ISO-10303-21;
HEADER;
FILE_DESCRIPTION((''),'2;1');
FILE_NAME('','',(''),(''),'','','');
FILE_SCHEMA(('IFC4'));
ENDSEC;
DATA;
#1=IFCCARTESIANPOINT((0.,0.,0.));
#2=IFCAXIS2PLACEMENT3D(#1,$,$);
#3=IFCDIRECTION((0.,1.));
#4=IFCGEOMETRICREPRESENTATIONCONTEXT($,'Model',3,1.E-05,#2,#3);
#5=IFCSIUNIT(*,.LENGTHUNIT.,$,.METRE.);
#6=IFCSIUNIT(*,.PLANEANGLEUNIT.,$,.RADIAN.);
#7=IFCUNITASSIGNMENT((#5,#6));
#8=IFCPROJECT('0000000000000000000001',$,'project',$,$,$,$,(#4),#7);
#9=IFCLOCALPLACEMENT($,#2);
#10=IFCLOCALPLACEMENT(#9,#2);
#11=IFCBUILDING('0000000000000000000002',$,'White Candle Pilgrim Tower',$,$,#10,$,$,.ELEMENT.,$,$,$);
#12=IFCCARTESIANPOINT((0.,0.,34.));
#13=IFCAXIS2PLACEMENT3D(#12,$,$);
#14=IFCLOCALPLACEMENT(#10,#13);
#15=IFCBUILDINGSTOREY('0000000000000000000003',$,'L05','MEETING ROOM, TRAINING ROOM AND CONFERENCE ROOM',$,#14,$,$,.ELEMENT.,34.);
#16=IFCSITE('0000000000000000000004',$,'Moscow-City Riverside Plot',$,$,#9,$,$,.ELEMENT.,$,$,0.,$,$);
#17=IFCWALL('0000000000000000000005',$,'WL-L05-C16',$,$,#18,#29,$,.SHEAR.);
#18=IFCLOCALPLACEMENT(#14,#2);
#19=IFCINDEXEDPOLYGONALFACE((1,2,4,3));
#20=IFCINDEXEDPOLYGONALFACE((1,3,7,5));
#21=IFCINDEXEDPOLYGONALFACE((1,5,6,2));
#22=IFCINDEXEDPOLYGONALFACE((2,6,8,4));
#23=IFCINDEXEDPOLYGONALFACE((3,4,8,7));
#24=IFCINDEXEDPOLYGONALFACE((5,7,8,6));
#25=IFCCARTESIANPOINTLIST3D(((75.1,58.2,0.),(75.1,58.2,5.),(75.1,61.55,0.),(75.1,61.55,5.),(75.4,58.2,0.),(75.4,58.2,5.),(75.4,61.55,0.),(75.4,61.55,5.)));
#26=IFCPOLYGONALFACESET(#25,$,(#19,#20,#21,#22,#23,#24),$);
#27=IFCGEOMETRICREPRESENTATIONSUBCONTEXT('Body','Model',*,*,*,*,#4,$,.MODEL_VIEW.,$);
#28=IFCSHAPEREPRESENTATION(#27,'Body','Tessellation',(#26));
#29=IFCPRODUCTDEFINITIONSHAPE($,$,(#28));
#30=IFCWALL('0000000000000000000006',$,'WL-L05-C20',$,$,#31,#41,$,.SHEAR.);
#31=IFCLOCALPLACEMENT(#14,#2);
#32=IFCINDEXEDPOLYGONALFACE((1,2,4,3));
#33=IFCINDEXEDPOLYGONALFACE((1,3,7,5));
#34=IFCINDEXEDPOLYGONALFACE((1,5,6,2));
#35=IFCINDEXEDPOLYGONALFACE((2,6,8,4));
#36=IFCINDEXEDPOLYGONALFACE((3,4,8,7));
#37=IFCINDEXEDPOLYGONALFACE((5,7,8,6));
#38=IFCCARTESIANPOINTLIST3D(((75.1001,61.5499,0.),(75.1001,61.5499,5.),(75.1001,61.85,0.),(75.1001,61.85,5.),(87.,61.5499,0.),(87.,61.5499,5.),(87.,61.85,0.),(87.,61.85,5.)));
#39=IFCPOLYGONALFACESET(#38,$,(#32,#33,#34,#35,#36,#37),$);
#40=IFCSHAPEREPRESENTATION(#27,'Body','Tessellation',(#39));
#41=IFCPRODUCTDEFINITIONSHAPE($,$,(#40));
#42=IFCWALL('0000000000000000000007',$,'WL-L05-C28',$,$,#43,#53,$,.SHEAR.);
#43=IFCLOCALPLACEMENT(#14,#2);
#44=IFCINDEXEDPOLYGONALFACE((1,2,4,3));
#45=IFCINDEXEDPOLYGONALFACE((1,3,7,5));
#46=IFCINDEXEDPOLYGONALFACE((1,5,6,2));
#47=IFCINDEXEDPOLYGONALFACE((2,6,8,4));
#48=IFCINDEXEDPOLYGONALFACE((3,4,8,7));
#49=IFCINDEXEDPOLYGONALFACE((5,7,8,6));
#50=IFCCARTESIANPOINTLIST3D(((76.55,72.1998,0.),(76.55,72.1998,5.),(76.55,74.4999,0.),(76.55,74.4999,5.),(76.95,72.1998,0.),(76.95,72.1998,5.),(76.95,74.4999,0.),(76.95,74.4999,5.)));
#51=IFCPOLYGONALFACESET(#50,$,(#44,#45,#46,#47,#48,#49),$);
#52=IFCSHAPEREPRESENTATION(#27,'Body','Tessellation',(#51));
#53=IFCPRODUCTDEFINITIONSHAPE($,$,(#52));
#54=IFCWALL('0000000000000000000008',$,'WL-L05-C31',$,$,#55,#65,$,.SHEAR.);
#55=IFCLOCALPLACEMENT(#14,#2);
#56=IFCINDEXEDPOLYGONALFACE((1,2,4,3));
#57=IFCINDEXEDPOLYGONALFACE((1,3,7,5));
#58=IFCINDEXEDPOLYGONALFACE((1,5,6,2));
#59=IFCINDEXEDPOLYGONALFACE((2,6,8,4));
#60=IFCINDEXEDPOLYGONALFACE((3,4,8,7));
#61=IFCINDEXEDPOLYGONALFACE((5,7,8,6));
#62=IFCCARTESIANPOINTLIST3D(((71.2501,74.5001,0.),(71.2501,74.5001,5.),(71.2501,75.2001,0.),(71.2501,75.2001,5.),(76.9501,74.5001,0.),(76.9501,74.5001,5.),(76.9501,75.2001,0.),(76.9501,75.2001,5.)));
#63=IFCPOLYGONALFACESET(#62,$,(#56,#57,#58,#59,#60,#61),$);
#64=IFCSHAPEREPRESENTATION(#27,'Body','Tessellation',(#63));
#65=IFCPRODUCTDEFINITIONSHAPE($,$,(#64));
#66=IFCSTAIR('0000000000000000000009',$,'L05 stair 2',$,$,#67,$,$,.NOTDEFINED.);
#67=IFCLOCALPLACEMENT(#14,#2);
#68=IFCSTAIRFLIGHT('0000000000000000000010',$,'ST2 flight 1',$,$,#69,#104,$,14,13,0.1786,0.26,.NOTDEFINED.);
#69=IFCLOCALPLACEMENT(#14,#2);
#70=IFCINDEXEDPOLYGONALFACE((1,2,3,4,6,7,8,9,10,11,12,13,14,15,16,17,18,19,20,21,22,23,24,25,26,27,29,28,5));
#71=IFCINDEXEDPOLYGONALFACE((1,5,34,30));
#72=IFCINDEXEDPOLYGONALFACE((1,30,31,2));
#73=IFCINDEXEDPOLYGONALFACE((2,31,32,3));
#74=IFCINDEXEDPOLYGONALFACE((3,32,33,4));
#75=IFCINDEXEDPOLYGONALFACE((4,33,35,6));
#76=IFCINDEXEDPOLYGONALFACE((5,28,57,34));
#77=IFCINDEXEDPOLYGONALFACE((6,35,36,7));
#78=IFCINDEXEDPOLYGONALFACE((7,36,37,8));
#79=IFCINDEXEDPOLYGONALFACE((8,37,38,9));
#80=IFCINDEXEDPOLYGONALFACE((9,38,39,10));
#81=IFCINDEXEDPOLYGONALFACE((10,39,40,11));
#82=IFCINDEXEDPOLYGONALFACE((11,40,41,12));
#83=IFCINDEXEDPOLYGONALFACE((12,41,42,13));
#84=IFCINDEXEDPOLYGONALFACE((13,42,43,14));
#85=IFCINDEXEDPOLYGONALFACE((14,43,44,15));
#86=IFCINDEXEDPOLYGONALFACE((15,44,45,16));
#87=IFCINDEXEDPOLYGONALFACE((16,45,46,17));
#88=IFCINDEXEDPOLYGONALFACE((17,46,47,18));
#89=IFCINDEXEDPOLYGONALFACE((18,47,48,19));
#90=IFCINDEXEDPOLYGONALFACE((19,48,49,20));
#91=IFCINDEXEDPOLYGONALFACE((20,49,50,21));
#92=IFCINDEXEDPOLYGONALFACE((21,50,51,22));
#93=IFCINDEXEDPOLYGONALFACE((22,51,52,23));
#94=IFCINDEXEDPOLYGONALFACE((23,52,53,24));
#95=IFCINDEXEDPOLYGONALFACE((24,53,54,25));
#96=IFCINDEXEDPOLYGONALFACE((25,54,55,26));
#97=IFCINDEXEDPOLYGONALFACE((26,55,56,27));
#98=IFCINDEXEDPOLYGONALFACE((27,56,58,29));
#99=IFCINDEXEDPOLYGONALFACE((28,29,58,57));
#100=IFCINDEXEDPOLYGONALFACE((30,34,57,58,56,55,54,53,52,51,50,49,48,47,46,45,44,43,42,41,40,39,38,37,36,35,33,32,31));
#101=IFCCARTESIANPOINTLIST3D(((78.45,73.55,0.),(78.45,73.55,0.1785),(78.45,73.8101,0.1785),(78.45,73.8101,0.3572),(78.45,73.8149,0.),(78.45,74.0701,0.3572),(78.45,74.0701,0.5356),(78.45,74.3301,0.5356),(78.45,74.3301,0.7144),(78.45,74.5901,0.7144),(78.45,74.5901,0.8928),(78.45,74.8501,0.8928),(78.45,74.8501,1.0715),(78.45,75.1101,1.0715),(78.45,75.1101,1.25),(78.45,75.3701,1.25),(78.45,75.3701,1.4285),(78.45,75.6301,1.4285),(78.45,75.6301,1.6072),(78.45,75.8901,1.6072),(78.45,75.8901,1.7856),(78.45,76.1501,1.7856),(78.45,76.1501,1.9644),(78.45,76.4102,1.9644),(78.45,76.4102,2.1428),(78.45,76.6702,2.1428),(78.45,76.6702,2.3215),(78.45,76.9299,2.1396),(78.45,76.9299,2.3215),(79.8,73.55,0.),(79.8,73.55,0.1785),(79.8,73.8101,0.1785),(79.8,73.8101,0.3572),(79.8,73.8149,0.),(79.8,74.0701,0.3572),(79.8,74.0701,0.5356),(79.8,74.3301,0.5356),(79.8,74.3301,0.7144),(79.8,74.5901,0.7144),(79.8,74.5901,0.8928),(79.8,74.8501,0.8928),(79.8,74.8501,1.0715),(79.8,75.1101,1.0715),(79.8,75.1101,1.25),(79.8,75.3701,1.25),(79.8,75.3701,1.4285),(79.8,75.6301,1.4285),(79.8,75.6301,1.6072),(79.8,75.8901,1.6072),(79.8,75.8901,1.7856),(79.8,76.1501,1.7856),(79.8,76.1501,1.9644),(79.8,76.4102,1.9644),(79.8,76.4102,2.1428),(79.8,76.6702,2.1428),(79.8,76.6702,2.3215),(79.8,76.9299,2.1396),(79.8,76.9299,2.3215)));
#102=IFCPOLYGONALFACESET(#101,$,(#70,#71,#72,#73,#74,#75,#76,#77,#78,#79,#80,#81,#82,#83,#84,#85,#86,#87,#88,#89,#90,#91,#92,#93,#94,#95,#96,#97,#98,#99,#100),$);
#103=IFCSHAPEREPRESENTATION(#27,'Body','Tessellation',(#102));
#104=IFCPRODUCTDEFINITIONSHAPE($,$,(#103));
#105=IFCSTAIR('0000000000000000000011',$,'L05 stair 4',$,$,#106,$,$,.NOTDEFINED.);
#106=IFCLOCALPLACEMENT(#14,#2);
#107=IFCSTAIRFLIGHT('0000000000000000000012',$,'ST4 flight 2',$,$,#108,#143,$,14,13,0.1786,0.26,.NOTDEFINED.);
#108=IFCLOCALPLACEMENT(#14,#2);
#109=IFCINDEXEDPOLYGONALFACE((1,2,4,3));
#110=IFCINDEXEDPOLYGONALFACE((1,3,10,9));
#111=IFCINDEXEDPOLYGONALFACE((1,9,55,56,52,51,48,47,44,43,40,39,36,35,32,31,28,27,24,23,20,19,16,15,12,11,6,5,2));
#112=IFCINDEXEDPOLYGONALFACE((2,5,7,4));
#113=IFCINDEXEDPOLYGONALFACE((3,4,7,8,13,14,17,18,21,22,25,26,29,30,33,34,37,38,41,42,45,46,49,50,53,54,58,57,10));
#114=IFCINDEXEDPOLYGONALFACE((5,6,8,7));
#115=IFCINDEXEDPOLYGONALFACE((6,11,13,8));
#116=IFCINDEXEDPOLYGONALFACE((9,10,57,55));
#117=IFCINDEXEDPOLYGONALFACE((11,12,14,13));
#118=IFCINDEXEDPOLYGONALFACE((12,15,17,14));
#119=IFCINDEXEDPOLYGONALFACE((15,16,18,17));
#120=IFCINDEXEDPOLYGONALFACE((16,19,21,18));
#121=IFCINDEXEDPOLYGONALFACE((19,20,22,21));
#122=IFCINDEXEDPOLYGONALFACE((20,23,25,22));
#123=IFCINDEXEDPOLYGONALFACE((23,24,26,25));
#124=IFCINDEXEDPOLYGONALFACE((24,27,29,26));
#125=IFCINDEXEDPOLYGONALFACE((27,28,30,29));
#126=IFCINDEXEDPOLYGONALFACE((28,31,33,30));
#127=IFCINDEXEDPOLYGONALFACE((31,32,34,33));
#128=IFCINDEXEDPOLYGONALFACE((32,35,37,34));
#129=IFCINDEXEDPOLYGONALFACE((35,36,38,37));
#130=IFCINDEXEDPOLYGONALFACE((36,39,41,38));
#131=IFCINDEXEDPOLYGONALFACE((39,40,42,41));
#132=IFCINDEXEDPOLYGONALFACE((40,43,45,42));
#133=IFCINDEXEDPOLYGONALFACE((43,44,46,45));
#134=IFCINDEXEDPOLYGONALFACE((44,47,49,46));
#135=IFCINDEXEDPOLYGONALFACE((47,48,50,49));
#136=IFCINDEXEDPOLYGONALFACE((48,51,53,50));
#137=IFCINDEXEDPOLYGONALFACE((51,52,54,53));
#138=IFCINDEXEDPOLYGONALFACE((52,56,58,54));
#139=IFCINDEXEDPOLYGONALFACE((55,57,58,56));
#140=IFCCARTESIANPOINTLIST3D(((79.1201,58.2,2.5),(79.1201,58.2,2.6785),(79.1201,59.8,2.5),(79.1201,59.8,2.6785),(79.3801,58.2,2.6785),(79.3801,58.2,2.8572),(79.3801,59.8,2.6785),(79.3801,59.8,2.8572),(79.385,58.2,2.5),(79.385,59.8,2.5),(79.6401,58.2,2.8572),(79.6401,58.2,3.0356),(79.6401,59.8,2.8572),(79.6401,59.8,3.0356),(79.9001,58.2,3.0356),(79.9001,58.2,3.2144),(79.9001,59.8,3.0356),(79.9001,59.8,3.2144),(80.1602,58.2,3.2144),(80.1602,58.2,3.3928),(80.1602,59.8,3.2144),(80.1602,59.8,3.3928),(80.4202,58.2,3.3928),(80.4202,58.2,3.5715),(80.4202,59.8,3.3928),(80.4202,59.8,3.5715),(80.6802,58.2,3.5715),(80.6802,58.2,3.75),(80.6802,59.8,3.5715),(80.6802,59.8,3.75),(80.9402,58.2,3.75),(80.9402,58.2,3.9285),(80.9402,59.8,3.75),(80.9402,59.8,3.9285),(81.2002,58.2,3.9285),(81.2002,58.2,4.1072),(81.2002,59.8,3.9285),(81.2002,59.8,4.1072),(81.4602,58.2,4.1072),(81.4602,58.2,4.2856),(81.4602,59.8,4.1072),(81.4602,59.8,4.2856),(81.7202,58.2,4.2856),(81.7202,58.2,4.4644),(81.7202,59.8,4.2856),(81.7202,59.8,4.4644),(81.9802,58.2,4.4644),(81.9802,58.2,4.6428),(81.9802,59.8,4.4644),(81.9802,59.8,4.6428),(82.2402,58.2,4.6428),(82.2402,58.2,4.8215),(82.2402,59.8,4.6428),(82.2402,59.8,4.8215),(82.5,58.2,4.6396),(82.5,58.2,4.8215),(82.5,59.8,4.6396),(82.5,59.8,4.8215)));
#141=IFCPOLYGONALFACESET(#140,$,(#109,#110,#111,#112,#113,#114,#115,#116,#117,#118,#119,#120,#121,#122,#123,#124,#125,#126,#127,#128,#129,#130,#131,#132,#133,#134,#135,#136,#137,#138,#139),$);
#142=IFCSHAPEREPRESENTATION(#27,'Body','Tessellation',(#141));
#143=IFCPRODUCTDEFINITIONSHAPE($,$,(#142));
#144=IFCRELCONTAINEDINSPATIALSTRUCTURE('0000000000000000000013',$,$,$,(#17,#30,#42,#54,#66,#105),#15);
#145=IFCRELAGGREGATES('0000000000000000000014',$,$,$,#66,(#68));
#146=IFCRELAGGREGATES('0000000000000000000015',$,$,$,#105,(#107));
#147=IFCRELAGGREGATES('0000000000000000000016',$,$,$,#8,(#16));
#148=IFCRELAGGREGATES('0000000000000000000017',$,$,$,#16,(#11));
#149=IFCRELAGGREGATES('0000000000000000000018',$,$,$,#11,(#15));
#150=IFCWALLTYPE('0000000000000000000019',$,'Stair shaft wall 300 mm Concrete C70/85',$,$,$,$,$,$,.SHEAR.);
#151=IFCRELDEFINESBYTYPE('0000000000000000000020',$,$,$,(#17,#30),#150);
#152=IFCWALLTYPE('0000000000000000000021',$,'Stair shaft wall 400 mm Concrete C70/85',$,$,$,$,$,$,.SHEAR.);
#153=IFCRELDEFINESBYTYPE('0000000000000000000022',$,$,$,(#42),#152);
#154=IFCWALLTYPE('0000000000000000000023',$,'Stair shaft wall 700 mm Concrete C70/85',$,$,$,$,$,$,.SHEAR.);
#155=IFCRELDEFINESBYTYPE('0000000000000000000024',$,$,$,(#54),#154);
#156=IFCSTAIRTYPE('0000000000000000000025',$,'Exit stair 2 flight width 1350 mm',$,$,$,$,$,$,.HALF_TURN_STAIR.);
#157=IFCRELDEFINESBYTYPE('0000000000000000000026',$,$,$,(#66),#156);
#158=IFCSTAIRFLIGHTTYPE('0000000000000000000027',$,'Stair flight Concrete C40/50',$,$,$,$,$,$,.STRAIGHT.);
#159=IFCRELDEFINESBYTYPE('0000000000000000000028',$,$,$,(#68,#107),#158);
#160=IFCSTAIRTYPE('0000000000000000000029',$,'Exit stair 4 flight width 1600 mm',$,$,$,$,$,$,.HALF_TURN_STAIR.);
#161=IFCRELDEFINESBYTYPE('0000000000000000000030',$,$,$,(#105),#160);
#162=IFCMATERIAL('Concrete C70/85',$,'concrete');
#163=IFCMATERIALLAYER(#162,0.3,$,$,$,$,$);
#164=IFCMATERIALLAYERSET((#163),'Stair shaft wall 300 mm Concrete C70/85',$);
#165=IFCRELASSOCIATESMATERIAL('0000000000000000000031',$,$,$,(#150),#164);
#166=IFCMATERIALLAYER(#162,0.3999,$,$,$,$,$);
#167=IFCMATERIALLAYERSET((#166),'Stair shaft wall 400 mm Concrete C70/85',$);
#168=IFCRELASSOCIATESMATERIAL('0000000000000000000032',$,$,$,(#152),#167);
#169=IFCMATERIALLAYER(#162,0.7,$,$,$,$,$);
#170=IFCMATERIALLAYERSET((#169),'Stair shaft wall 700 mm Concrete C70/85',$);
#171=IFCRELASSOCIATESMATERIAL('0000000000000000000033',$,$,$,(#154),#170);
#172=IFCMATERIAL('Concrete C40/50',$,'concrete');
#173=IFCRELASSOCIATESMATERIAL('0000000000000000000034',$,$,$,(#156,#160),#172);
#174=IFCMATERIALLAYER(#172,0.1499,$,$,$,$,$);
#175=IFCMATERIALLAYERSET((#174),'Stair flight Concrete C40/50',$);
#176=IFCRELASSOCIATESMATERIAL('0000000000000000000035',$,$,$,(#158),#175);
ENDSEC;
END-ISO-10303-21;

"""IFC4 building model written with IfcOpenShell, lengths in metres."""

from ifc_helpers import new_model, si_unit, direction, frame, frame_2d, origin, place, context, subcontext, project, spatial, polyline, rectangle, outline, extrude, material, layer, layer_set, type_object, element, aggregate, save


model = new_model("IFC4")

# Units and contexts
model_context = context("Model", 3, precision=1e-05, world=origin(), true_north=direction((0.0, 1.0)))
body_context = subcontext(model_context, "Body", "Model", "MODEL_VIEW")
ifc_project = project(units=[si_unit("LENGTHUNIT", "METRE"), si_unit("PLANEANGLEUNIT", "RADIAN")], contexts=[model_context])

# Site, building, storey
site_placement = place(None, origin())
site = spatial("IfcSite", under=ifc_project, at=site_placement, Name="Moscow-City Riverside Plot", CompositionType="ELEMENT", RefElevation=0.0)
building_placement = place(site_placement, origin())
building = spatial("IfcBuilding", under=site, at=building_placement, Name="White Candle Pilgrim Tower", CompositionType="ELEMENT")
storey_placement = place(building_placement, frame((0.0, 0.0, 34.0)))
storey = spatial("IfcBuildingStorey", under=building, at=storey_placement, Name="L05", Description="MEETING ROOM, TRAINING ROOM AND CONFERENCE ROOM", CompositionType="ELEMENT", Elevation=34.0)

# Walls
ifc_material_1 = material(Name="Concrete C70/85", Category="concrete")
ifc_layer_1 = layer(ifc_material_1, 0.3)
ifc_layer_set_1 = layer_set([ifc_layer_1], Name="Stair shaft wall 300 mm Concrete C70/85")
wall_type_1 = type_object("IfcWallType", Name="Stair shaft wall 300 mm Concrete C70/85", PredefinedType="SHEAR", material=ifc_layer_set_1)
wall_1_placement = place(storey_placement, frame((75.25, 58.2, 0.0), z_axis=(0.0, 0.0, 1.0), x_axis=(0.0, 1.0, 0.0)))
element("IfcWall", 1, at=wall_1_placement, inside=storey, type_object=wall_type_1, Name="WL-L05-C16", PredefinedType="SHEAR", context=body_context, shape_type="SweptSolid", body=[
    extrude(rectangle(XDim=3.3501, YDim=0.3, at=frame_2d((1.675, 0.0))), origin(), (0.0, 0.0, 1.0), 5.0),
])
wall_2_placement = place(storey_placement, frame((75.1001, 61.7, 0.0), z_axis=(0.0, 0.0, 1.0), x_axis=(1.0, 0.0, 0.0)))
element("IfcWall", 2, at=wall_2_placement, inside=storey, type_object=wall_type_1, Name="WL-L05-C20", PredefinedType="SHEAR", context=body_context, shape_type="SweptSolid", body=[
    extrude(rectangle(XDim=11.8999, YDim=0.3, at=frame_2d((5.95, 0.0))), origin(), (0.0, 0.0, 1.0), 5.0),
])
ifc_layer_2 = layer(ifc_material_1, 0.3999)
ifc_layer_set_2 = layer_set([ifc_layer_2], Name="Stair shaft wall 400 mm Concrete C70/85")
wall_type_2 = type_object("IfcWallType", Name="Stair shaft wall 400 mm Concrete C70/85", PredefinedType="SHEAR", material=ifc_layer_set_2)
wall_3_placement = place(storey_placement, frame((76.75, 72.2, 0.0), z_axis=(0.0, 0.0, 1.0), x_axis=(0.0, 1.0, 0.0)))
element("IfcWall", 3, at=wall_3_placement, inside=storey, type_object=wall_type_2, Name="WL-L05-C28", PredefinedType="SHEAR", context=body_context, shape_type="SweptSolid", body=[
    extrude(rectangle(XDim=2.3, YDim=0.3999, at=frame_2d((1.1499, 0.0))), origin(), (0.0, 0.0, 1.0), 5.0),
])
ifc_layer_3 = layer(ifc_material_1, 0.7)
ifc_layer_set_3 = layer_set([ifc_layer_3], Name="Stair shaft wall 700 mm Concrete C70/85")
wall_type_3 = type_object("IfcWallType", Name="Stair shaft wall 700 mm Concrete C70/85", PredefinedType="SHEAR", material=ifc_layer_set_3)
wall_4_placement = place(storey_placement, frame((71.25, 74.8501, 0.0), z_axis=(0.0, 0.0, 1.0), x_axis=(1.0, 0.0, 0.0)))
element("IfcWall", 4, at=wall_4_placement, inside=storey, type_object=wall_type_3, Name="WL-L05-C31", PredefinedType="SHEAR", context=body_context, shape_type="SweptSolid", body=[
    extrude(rectangle(XDim=5.7, YDim=0.7, at=frame_2d((2.8501, 0.0))), origin(), (0.0, 0.0, 1.0), 5.0),
])

# Stairs, stair flights
ifc_material_2 = material(Name="Concrete C40/50", Category="concrete")
stair_type_1 = type_object("IfcStairType", Name="Exit stair 2 flight width 1350 mm", PredefinedType="HALF_TURN_STAIR", material=ifc_material_2)
stair_1_placement = place(storey_placement, origin())
stair_1 = element("IfcStair", 5, at=stair_1_placement, inside=storey, type_object=stair_type_1, Name="L05 stair 2", PredefinedType="NOTDEFINED")
ifc_layer_4 = layer(ifc_material_2, 0.1499)
ifc_layer_set_4 = layer_set([ifc_layer_4], Name="Stair flight Concrete C40/50")
stair_flight_type = type_object("IfcStairFlightType", Name="Stair flight Concrete C40/50", PredefinedType="STRAIGHT", material=ifc_layer_set_4)
stair_flight_1_placement = place(storey_placement, frame((79.125, 73.55, 0.0), z_axis=(0.0, 0.0, 1.0), x_axis=(0.0, 1.0, 0.0)))
stair_flight_1 = element("IfcStairFlight", 6, at=stair_flight_1_placement, type_object=stair_flight_type, Name="ST2 flight 1", NumberOfRisers=14, NumberOfTreads=13, PredefinedType="NOTDEFINED", RiserHeight=0.1786, TreadLength=0.26, context=body_context, shape_type="SweptSolid", body=[
    extrude(outline(polyline([(0.0, 0.0), (0.0, 0.1785), (0.26, 0.1785), (0.26, 0.3572), (0.52, 0.3572), (0.52, 0.5356), (0.78, 0.5356), (0.78, 0.7144), (1.04, 0.7144), (1.04, 0.8928), (1.3, 0.8928), (1.3, 1.0715), (1.5601, 1.0715), (1.5601, 1.25), (1.8201, 1.25), (1.8201, 1.4285), (2.0801, 1.4285), (2.0801, 1.6072), (2.3401, 1.6072), (2.3401, 1.7856), (2.6001, 1.7856), (2.6001, 1.9644), (2.8601, 1.9644), (2.8601, 2.1428), (3.1201, 2.1428), (3.1201, 2.3215), (3.3799, 2.3215), (3.3799, 2.5), (3.3799, 2.1396), (0.2649, 0.0), (0.0, 0.0)])), frame((0.0, 0.675, 0.0), z_axis=(0.0, -1.0, 0.0), x_axis=(1.0, 0.0, 0.0)), (0.0, 0.0, 1.0), 1.3501),
])
aggregate(stair_1, [stair_flight_1])
stair_type_2 = type_object("IfcStairType", Name="Exit stair 4 flight width 1600 mm", PredefinedType="HALF_TURN_STAIR", material=ifc_material_2)
stair_2_placement = place(storey_placement, origin())
stair_2 = element("IfcStair", 7, at=stair_2_placement, inside=storey, type_object=stair_type_2, Name="L05 stair 4", PredefinedType="NOTDEFINED")
stair_flight_2_placement = place(storey_placement, frame((79.1201, 59.0, 2.5), z_axis=(0.0, 0.0, 1.0), x_axis=(1.0, 0.0, 0.0)))
stair_flight_2 = element("IfcStairFlight", 8, at=stair_flight_2_placement, type_object=stair_flight_type, Name="ST4 flight 2", NumberOfRisers=14, NumberOfTreads=13, PredefinedType="NOTDEFINED", RiserHeight=0.1786, TreadLength=0.26, context=body_context, shape_type="SweptSolid", body=[
    extrude(outline(polyline([(0.0, 0.0), (0.0, 0.1785), (0.26, 0.1785), (0.26, 0.3572), (0.52, 0.3572), (0.52, 0.5356), (0.78, 0.5356), (0.78, 0.7144), (1.04, 0.7144), (1.04, 0.8928), (1.3, 0.8928), (1.3, 1.0715), (1.5601, 1.0715), (1.5601, 1.25), (1.8201, 1.25), (1.8201, 1.4285), (2.0801, 1.4285), (2.0801, 1.6072), (2.3401, 1.6072), (2.3401, 1.7856), (2.6001, 1.7856), (2.6001, 1.9644), (2.8601, 1.9644), (2.8601, 2.1428), (3.1201, 2.1428), (3.1201, 2.3215), (3.3799, 2.3215), (3.3799, 2.5), (3.3799, 2.1396), (0.2649, 0.0), (0.0, 0.0)])), frame((0.0, 0.8, 0.0), z_axis=(0.0, -1.0, 0.0), x_axis=(1.0, 0.0, 0.0)), (0.0, 0.0, 1.0), 1.6001),
])
aggregate(stair_2, [stair_flight_2])

save(model, "model.ifc")
